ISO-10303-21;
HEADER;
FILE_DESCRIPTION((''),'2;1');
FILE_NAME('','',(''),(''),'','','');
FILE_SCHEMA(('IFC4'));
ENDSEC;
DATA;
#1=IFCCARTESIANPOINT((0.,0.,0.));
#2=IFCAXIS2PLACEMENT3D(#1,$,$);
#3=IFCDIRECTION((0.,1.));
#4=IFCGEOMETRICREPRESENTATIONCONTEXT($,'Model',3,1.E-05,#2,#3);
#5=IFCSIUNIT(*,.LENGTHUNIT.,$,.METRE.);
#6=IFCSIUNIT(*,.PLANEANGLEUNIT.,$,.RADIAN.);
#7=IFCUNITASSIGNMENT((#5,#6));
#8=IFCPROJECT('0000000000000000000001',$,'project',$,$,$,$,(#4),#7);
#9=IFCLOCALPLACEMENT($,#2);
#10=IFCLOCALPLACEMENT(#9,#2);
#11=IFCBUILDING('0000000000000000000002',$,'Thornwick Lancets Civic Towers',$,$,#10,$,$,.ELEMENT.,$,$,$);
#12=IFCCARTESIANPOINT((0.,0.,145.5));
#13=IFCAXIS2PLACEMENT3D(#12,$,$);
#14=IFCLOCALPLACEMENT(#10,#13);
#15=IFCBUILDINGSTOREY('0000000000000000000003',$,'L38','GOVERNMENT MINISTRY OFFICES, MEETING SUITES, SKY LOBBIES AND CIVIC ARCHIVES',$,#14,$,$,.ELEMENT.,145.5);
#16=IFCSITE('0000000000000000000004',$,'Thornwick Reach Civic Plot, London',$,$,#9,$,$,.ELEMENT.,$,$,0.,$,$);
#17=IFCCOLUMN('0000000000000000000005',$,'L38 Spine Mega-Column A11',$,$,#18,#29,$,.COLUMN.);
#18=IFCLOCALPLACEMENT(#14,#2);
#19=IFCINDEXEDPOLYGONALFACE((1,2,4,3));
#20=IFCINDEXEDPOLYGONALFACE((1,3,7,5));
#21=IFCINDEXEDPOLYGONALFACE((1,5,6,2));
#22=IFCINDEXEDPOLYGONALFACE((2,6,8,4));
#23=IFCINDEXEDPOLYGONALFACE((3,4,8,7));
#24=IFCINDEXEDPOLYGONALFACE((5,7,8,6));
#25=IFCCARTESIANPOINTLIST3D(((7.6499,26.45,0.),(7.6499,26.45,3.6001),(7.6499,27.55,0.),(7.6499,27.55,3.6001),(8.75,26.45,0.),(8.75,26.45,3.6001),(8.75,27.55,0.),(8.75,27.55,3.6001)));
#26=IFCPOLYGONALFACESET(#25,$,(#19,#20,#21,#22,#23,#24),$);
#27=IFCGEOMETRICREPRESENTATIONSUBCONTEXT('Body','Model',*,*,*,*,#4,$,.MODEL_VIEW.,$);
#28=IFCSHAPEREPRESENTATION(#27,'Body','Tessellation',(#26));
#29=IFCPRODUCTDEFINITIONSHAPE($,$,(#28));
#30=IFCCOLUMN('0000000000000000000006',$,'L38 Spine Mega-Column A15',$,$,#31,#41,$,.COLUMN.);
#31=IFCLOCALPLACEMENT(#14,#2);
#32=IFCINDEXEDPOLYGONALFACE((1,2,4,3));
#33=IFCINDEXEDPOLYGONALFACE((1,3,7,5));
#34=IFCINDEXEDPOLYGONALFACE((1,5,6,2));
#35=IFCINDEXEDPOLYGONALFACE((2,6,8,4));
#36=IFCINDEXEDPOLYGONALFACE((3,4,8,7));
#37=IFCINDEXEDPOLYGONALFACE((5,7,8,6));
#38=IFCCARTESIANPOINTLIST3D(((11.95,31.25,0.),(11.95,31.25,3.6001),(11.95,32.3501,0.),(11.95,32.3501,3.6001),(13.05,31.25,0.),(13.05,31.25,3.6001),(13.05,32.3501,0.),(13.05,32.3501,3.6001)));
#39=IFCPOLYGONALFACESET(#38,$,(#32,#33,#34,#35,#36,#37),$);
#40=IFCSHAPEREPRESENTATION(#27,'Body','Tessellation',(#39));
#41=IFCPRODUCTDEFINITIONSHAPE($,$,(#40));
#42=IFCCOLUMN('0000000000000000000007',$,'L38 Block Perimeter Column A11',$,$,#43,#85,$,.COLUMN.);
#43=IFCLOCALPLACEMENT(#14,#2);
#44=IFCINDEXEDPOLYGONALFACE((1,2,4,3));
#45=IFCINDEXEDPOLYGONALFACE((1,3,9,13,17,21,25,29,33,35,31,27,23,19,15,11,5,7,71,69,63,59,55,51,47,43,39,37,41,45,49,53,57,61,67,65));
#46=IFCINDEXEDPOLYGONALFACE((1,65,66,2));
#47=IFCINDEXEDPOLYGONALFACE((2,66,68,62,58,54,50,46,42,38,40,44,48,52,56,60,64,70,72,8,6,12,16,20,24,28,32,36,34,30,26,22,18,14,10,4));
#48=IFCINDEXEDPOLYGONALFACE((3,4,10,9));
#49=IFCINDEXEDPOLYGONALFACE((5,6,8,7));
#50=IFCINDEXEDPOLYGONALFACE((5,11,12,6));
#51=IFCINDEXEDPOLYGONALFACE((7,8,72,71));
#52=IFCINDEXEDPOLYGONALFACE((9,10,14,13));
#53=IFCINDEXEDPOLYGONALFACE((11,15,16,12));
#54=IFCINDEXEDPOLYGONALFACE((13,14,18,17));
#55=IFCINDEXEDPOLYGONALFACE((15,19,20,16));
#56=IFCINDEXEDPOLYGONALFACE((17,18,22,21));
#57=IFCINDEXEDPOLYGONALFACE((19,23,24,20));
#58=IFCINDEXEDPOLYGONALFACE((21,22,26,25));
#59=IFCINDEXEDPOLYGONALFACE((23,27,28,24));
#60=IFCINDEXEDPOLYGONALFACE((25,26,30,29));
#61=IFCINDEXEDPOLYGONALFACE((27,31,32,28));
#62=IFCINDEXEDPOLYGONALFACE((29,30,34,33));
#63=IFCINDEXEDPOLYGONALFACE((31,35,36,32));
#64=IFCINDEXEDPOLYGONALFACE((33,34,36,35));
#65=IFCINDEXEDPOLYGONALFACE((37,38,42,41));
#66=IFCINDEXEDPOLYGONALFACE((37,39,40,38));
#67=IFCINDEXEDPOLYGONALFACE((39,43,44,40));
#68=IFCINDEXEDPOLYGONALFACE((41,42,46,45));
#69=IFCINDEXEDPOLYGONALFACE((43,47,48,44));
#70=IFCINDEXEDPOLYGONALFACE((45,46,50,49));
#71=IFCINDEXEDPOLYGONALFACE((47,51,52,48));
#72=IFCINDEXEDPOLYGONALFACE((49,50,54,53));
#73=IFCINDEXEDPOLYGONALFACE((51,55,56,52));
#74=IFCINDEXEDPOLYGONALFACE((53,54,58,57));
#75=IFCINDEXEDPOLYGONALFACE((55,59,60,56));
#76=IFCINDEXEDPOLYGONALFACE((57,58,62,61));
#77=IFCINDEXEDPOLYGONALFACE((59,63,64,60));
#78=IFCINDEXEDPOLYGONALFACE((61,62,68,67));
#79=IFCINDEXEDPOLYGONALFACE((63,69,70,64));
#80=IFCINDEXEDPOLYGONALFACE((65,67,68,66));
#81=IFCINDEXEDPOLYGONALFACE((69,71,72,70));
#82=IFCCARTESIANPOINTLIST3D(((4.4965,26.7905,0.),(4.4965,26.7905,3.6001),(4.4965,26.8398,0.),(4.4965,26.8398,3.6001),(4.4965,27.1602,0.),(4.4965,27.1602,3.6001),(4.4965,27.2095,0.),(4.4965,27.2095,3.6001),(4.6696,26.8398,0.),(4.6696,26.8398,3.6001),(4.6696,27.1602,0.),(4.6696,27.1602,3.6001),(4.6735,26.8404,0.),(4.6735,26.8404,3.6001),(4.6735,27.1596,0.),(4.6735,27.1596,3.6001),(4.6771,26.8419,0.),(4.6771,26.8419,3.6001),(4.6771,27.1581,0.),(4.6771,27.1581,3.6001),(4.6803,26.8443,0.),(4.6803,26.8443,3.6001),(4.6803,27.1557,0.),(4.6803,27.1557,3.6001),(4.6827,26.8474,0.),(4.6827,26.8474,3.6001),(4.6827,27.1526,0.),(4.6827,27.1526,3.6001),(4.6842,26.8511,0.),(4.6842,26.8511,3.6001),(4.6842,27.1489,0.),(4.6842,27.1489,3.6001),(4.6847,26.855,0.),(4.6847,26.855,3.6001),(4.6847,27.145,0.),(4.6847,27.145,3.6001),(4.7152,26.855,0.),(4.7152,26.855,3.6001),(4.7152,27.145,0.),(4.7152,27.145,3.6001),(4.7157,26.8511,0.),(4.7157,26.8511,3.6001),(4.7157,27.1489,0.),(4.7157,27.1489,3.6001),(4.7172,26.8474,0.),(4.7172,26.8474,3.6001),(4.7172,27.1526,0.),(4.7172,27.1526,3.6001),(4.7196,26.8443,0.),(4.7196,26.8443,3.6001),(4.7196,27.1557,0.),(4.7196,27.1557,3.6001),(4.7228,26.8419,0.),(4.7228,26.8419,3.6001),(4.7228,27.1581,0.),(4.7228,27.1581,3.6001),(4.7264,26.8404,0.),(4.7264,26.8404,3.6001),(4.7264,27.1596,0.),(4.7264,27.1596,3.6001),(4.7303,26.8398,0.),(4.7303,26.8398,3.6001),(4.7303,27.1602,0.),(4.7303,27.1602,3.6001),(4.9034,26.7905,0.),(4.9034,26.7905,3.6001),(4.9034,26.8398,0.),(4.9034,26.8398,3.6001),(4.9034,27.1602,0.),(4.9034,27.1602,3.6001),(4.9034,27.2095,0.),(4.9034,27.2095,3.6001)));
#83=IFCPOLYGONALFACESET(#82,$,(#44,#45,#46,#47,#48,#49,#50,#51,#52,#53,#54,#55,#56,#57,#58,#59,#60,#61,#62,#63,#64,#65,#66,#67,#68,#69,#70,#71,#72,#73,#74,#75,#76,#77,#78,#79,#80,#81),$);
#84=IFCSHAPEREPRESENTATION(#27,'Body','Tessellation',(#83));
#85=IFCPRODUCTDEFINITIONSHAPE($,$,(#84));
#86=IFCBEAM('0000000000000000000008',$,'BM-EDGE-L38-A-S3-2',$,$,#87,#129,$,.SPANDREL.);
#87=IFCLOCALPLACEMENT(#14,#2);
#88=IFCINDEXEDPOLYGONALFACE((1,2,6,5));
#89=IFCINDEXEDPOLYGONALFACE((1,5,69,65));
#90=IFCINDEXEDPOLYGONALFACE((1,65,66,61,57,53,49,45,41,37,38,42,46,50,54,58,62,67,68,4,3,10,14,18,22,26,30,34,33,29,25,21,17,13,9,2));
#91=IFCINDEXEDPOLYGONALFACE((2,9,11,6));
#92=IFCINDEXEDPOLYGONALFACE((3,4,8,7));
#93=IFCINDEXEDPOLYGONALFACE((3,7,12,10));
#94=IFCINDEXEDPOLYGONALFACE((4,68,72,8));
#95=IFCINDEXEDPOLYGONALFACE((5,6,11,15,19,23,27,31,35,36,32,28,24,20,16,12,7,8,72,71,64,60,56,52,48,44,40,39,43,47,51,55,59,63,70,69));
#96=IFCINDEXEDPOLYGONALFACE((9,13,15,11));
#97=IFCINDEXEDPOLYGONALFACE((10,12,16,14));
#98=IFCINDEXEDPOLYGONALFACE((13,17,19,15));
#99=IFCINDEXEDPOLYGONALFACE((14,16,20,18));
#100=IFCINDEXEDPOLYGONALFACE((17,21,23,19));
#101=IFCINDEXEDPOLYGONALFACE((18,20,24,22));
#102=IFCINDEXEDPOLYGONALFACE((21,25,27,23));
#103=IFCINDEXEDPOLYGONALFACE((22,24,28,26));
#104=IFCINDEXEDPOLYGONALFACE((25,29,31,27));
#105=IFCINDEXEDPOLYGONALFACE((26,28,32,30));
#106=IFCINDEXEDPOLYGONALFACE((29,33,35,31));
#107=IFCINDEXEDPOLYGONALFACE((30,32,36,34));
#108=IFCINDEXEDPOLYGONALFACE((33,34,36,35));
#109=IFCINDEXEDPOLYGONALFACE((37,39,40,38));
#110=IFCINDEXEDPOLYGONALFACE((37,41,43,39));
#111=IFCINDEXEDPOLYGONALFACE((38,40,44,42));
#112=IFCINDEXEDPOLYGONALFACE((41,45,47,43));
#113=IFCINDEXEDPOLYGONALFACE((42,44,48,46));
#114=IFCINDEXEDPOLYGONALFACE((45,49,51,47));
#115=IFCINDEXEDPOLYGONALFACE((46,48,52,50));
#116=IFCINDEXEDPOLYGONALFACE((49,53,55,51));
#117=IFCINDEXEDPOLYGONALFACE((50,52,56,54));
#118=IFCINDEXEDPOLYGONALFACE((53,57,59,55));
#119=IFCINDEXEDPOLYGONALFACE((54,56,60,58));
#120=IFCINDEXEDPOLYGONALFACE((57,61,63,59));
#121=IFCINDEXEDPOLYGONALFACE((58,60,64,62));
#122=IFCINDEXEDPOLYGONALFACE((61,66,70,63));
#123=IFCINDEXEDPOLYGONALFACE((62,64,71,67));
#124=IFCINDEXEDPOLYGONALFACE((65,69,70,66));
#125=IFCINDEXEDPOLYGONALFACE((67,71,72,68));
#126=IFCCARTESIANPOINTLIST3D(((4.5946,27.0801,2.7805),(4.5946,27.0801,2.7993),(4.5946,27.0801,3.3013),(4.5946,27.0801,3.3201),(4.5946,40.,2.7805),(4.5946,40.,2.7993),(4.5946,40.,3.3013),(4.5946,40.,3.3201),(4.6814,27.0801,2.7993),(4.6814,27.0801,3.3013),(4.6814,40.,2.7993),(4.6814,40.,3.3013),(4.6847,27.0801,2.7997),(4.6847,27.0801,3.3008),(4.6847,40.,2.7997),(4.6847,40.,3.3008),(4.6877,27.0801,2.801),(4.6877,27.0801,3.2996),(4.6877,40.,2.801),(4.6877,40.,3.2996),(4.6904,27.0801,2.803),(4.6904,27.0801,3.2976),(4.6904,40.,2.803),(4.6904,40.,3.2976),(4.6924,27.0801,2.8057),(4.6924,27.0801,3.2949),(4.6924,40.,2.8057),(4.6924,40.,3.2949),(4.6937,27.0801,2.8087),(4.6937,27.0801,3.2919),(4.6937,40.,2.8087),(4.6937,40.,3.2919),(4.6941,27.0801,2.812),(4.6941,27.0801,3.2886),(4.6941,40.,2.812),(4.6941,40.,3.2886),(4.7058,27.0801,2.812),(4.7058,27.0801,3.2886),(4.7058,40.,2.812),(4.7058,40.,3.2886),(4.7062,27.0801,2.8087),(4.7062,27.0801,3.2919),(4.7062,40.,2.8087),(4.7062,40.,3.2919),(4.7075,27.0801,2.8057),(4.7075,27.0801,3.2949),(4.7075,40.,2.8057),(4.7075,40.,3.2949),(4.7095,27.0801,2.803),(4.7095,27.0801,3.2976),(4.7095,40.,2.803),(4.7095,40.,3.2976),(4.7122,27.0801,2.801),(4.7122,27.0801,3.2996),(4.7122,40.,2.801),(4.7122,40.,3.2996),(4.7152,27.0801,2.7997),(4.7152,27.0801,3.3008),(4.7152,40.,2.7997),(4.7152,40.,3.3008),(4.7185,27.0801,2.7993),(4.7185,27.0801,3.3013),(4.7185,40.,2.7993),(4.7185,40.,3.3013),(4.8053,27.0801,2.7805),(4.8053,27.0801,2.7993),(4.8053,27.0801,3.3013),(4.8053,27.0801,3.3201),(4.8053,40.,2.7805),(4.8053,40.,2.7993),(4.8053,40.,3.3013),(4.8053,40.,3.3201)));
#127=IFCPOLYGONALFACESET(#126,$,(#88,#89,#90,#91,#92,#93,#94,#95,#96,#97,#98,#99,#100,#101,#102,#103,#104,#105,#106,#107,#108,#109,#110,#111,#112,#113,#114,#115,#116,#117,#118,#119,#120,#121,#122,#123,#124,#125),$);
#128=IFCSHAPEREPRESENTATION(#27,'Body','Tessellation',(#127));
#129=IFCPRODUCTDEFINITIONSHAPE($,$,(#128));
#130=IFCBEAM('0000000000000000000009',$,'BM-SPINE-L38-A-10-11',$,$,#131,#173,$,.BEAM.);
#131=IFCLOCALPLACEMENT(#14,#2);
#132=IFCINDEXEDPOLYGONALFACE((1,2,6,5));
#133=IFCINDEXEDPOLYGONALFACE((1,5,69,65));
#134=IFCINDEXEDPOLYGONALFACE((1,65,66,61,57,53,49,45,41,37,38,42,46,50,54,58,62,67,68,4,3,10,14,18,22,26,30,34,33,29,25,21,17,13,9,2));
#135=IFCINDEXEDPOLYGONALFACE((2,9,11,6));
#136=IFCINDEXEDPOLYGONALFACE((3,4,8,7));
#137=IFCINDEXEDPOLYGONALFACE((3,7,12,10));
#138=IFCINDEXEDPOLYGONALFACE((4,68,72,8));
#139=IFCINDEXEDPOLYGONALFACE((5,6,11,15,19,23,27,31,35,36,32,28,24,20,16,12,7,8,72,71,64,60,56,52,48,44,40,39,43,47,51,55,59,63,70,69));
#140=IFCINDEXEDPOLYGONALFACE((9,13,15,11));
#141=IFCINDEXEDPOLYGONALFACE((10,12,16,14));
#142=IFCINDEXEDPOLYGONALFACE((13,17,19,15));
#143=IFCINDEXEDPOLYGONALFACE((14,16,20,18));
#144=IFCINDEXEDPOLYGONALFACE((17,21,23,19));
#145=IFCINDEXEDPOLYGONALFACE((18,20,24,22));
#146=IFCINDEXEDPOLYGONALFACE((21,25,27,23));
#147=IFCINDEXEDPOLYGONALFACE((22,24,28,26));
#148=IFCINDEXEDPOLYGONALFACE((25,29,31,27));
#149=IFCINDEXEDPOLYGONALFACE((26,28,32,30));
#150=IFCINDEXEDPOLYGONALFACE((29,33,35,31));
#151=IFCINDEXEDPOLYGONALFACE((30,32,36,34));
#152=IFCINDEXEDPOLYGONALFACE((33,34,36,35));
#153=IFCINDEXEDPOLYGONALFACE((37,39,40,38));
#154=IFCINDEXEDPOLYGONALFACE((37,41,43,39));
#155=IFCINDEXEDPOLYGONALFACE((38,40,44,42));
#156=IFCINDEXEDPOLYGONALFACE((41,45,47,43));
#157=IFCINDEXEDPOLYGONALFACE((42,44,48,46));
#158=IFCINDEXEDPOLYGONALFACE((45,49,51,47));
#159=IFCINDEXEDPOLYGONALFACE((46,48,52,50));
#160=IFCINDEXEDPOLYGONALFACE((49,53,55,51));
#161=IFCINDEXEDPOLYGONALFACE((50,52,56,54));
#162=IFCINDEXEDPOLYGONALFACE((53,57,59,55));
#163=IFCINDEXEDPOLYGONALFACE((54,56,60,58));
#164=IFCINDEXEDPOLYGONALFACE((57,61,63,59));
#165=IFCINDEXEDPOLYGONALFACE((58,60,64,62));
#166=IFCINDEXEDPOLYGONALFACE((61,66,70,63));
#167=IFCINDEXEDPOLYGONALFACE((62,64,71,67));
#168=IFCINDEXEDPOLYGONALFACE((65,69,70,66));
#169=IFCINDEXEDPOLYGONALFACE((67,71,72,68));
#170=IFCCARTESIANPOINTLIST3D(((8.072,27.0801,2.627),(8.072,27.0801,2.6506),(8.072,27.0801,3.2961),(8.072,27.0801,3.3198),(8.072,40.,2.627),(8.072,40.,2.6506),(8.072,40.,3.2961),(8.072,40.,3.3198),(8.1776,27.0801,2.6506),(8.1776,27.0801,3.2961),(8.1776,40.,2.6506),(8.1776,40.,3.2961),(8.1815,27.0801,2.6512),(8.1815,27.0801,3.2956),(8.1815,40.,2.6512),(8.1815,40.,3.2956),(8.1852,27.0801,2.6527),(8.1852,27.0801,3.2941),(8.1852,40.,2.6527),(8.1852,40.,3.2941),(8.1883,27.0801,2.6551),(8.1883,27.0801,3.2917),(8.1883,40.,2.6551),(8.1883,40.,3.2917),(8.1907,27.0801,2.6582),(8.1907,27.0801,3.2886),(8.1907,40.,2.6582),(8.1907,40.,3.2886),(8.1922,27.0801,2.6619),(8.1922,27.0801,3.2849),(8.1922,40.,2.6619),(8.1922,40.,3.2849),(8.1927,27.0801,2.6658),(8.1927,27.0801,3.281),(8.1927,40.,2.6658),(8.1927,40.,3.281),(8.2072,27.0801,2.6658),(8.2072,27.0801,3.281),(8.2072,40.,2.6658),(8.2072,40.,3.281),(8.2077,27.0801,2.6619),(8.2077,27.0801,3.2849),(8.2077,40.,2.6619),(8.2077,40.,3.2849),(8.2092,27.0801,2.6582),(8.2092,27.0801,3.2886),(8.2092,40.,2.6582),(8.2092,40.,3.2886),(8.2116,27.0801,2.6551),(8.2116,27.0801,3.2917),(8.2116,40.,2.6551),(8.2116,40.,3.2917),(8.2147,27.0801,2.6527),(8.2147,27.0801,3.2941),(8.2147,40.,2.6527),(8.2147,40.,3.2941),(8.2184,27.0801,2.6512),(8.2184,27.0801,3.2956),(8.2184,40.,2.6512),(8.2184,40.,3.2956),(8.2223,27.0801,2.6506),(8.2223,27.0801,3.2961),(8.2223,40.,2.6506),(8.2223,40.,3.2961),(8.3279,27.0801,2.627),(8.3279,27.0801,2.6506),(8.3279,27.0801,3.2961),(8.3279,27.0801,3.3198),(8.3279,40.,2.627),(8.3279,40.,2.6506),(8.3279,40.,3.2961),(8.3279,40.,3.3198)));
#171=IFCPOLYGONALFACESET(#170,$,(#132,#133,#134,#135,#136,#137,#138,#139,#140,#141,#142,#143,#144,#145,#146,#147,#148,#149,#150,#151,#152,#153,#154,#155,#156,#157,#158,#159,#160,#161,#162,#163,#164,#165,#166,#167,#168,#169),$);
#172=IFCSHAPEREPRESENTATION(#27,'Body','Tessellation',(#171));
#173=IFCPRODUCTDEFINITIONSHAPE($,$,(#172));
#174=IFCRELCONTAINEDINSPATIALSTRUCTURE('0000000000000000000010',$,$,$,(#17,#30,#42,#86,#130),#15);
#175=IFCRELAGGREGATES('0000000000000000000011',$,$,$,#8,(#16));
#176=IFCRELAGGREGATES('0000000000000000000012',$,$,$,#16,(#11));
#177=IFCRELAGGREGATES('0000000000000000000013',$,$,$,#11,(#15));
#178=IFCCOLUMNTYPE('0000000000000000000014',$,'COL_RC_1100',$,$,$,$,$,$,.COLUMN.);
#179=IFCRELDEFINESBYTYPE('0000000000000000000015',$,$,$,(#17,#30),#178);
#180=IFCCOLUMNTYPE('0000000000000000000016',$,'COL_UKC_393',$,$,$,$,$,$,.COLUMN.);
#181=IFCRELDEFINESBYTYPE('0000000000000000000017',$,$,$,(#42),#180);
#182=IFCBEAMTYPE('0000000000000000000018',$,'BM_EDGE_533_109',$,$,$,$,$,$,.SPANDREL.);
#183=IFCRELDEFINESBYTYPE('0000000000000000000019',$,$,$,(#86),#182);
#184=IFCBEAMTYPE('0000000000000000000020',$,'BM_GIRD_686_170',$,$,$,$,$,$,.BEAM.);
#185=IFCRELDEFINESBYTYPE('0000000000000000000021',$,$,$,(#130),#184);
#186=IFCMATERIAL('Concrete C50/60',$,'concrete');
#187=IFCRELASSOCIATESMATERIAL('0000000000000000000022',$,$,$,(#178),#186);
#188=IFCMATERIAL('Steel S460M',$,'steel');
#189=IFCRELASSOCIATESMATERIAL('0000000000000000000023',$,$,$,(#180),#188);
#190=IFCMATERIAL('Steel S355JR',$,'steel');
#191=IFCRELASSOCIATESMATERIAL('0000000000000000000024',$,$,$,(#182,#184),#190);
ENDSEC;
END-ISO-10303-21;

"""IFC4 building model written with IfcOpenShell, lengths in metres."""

from ifc_helpers import new_model, si_unit, direction, frame, origin, origin_2d, place, context, subcontext, project, spatial, rectangle, i_section, extrude, material, material_profile, profile_set, type_object, element, save


model = new_model("IFC4")

# Units and contexts
model_context = context("Model", 3, precision=1e-05, world=origin(), true_north=direction((0.0, 1.0)))
body_context = subcontext(model_context, "Body", "Model", "MODEL_VIEW")
ifc_project = project(units=[si_unit("LENGTHUNIT", "METRE"), si_unit("PLANEANGLEUNIT", "RADIAN")], contexts=[model_context])

# Site, building, storey
site_placement = place(None, origin())
site = spatial("IfcSite", under=ifc_project, at=site_placement, Name="Thornwick Reach Civic Plot, London", CompositionType="ELEMENT", RefElevation=0.0)
building_placement = place(site_placement, origin())
building = spatial("IfcBuilding", under=site, at=building_placement, Name="Thornwick Lancets Civic Towers", CompositionType="ELEMENT")
storey_placement = place(building_placement, frame((0.0, 0.0, 145.5)))
storey = spatial("IfcBuildingStorey", under=building, at=storey_placement, Name="L38", Description="GOVERNMENT MINISTRY OFFICES, MEETING SUITES, SKY LOBBIES AND CIVIC ARCHIVES", CompositionType="ELEMENT", Elevation=145.5)

# Columns
ifc_material_1 = material(Name="Concrete C50/60", Category="concrete")
ifc_material_profile_1 = material_profile(ifc_material_1, rectangle(XDim=1.1001, YDim=1.1001, at=origin_2d()), Name="RC 1100x1100")
ifc_profile_set_1 = profile_set([ifc_material_profile_1], Name="Concrete C50/60")
column_type_1 = type_object("IfcColumnType", Name="COL_RC_1100", PredefinedType="COLUMN", material=ifc_profile_set_1)
for number, where, z_axis, x_axis, name in (
    (1, (8.2, 27.0, 0.0), (0.0, 0.0, 1.0), (1.0, 0.0, 0.0), "L38 Spine Mega-Column A11"),
    (2, (12.5, 31.8, 0.0), (0.0, 0.0, 1.0), (1.0, 0.0, 0.0), "L38 Spine Mega-Column A15"),
):
    element("IfcColumn", number, at=place(storey_placement, frame(where, z_axis=z_axis, x_axis=x_axis)), inside=storey, type_object=column_type_1, Name=name, PredefinedType="COLUMN", context=body_context, shape_type="SweptSolid", body=[
        extrude(rectangle(XDim=1.1001, YDim=1.1001, at=origin_2d()), origin(), (0.0, 0.0, 1.0), 3.6001),
    ])
ifc_material_2 = material(Name="Steel S460M", Category="steel")
ifc_material_profile_2 = material_profile(ifc_material_2, i_section(OverallWidth=0.407, OverallDepth=0.4189, WebThickness=0.0305, FlangeThickness=0.0493, FilletRadius=0.0151, at=origin_2d()), Name="UKC 356x406x393")
ifc_profile_set_2 = profile_set([ifc_material_profile_2], Name="Steel S460M")
column_type_2 = type_object("IfcColumnType", Name="COL_UKC_393", PredefinedType="COLUMN", material=ifc_profile_set_2)
column_placement = place(storey_placement, frame((4.7, 27.0, 0.0), z_axis=(0.0, 0.0, 1.0), x_axis=(1.0, 0.0, 0.0)))
element("IfcColumn", 3, at=column_placement, inside=storey, type_object=column_type_2, Name="L38 Block Perimeter Column A11", PredefinedType="COLUMN", context=body_context, shape_type="SweptSolid", body=[
    extrude(i_section(OverallWidth=0.407, OverallDepth=0.4189, WebThickness=0.0305, FlangeThickness=0.0493, FilletRadius=0.0151, at=origin_2d()), origin(), (0.0, 0.0, 1.0), 3.6001),
])

# Beams
ifc_material_3 = material(Name="Steel S355JR", Category="steel")
ifc_material_profile_3 = material_profile(ifc_material_3, i_section(OverallWidth=0.2107, OverallDepth=0.5396, WebThickness=0.0117, FlangeThickness=0.0188, FilletRadius=0.0127, at=origin_2d()), Name="UKB 533x210x109")
ifc_profile_set_3 = profile_set([ifc_material_profile_3], Name="Steel S355JR")
beam_type_1 = type_object("IfcBeamType", Name="BM_EDGE_533_109", PredefinedType="SPANDREL", material=ifc_profile_set_3)
beam_1_placement = place(storey_placement, frame((4.7, 27.0801, 3.0503), z_axis=(0.0, 1.0, 0.0), x_axis=(-1.0, 0.0, 0.0)))
element("IfcBeam", 4, at=beam_1_placement, inside=storey, type_object=beam_type_1, Name="BM-EDGE-L38-A-S3-2", PredefinedType="SPANDREL", context=body_context, shape_type="SweptSolid", body=[
    extrude(i_section(OverallWidth=0.2107, OverallDepth=0.5396, WebThickness=0.0117, FlangeThickness=0.0188, FilletRadius=0.0127, at=origin_2d()), origin(), (0.0, 0.0, 1.0), 12.9199),
])
ifc_material_profile_4 = material_profile(ifc_material_3, i_section(OverallWidth=0.2559, OverallDepth=0.6929, WebThickness=0.0144, FlangeThickness=0.0237, FilletRadius=0.0151, at=origin_2d()), Name="UKB 686x254x170")
ifc_profile_set_4 = profile_set([ifc_material_profile_4], Name="Steel S355JR")
beam_type_2 = type_object("IfcBeamType", Name="BM_GIRD_686_170", PredefinedType="BEAM", material=ifc_profile_set_4)
beam_2_placement = place(storey_placement, frame((8.2, 27.0801, 2.9734), z_axis=(0.0, 1.0, 0.0), x_axis=(-1.0, 0.0, 0.0)))
element("IfcBeam", 5, at=beam_2_placement, inside=storey, type_object=beam_type_2, Name="BM-SPINE-L38-A-10-11", PredefinedType="BEAM", context=body_context, shape_type="SweptSolid", body=[
    extrude(i_section(OverallWidth=0.2559, OverallDepth=0.6929, WebThickness=0.0144, FlangeThickness=0.0237, FilletRadius=0.0151, at=origin_2d()), origin(), (0.0, 0.0, 1.0), 12.9199),
])

save(model, "model.ifc")
